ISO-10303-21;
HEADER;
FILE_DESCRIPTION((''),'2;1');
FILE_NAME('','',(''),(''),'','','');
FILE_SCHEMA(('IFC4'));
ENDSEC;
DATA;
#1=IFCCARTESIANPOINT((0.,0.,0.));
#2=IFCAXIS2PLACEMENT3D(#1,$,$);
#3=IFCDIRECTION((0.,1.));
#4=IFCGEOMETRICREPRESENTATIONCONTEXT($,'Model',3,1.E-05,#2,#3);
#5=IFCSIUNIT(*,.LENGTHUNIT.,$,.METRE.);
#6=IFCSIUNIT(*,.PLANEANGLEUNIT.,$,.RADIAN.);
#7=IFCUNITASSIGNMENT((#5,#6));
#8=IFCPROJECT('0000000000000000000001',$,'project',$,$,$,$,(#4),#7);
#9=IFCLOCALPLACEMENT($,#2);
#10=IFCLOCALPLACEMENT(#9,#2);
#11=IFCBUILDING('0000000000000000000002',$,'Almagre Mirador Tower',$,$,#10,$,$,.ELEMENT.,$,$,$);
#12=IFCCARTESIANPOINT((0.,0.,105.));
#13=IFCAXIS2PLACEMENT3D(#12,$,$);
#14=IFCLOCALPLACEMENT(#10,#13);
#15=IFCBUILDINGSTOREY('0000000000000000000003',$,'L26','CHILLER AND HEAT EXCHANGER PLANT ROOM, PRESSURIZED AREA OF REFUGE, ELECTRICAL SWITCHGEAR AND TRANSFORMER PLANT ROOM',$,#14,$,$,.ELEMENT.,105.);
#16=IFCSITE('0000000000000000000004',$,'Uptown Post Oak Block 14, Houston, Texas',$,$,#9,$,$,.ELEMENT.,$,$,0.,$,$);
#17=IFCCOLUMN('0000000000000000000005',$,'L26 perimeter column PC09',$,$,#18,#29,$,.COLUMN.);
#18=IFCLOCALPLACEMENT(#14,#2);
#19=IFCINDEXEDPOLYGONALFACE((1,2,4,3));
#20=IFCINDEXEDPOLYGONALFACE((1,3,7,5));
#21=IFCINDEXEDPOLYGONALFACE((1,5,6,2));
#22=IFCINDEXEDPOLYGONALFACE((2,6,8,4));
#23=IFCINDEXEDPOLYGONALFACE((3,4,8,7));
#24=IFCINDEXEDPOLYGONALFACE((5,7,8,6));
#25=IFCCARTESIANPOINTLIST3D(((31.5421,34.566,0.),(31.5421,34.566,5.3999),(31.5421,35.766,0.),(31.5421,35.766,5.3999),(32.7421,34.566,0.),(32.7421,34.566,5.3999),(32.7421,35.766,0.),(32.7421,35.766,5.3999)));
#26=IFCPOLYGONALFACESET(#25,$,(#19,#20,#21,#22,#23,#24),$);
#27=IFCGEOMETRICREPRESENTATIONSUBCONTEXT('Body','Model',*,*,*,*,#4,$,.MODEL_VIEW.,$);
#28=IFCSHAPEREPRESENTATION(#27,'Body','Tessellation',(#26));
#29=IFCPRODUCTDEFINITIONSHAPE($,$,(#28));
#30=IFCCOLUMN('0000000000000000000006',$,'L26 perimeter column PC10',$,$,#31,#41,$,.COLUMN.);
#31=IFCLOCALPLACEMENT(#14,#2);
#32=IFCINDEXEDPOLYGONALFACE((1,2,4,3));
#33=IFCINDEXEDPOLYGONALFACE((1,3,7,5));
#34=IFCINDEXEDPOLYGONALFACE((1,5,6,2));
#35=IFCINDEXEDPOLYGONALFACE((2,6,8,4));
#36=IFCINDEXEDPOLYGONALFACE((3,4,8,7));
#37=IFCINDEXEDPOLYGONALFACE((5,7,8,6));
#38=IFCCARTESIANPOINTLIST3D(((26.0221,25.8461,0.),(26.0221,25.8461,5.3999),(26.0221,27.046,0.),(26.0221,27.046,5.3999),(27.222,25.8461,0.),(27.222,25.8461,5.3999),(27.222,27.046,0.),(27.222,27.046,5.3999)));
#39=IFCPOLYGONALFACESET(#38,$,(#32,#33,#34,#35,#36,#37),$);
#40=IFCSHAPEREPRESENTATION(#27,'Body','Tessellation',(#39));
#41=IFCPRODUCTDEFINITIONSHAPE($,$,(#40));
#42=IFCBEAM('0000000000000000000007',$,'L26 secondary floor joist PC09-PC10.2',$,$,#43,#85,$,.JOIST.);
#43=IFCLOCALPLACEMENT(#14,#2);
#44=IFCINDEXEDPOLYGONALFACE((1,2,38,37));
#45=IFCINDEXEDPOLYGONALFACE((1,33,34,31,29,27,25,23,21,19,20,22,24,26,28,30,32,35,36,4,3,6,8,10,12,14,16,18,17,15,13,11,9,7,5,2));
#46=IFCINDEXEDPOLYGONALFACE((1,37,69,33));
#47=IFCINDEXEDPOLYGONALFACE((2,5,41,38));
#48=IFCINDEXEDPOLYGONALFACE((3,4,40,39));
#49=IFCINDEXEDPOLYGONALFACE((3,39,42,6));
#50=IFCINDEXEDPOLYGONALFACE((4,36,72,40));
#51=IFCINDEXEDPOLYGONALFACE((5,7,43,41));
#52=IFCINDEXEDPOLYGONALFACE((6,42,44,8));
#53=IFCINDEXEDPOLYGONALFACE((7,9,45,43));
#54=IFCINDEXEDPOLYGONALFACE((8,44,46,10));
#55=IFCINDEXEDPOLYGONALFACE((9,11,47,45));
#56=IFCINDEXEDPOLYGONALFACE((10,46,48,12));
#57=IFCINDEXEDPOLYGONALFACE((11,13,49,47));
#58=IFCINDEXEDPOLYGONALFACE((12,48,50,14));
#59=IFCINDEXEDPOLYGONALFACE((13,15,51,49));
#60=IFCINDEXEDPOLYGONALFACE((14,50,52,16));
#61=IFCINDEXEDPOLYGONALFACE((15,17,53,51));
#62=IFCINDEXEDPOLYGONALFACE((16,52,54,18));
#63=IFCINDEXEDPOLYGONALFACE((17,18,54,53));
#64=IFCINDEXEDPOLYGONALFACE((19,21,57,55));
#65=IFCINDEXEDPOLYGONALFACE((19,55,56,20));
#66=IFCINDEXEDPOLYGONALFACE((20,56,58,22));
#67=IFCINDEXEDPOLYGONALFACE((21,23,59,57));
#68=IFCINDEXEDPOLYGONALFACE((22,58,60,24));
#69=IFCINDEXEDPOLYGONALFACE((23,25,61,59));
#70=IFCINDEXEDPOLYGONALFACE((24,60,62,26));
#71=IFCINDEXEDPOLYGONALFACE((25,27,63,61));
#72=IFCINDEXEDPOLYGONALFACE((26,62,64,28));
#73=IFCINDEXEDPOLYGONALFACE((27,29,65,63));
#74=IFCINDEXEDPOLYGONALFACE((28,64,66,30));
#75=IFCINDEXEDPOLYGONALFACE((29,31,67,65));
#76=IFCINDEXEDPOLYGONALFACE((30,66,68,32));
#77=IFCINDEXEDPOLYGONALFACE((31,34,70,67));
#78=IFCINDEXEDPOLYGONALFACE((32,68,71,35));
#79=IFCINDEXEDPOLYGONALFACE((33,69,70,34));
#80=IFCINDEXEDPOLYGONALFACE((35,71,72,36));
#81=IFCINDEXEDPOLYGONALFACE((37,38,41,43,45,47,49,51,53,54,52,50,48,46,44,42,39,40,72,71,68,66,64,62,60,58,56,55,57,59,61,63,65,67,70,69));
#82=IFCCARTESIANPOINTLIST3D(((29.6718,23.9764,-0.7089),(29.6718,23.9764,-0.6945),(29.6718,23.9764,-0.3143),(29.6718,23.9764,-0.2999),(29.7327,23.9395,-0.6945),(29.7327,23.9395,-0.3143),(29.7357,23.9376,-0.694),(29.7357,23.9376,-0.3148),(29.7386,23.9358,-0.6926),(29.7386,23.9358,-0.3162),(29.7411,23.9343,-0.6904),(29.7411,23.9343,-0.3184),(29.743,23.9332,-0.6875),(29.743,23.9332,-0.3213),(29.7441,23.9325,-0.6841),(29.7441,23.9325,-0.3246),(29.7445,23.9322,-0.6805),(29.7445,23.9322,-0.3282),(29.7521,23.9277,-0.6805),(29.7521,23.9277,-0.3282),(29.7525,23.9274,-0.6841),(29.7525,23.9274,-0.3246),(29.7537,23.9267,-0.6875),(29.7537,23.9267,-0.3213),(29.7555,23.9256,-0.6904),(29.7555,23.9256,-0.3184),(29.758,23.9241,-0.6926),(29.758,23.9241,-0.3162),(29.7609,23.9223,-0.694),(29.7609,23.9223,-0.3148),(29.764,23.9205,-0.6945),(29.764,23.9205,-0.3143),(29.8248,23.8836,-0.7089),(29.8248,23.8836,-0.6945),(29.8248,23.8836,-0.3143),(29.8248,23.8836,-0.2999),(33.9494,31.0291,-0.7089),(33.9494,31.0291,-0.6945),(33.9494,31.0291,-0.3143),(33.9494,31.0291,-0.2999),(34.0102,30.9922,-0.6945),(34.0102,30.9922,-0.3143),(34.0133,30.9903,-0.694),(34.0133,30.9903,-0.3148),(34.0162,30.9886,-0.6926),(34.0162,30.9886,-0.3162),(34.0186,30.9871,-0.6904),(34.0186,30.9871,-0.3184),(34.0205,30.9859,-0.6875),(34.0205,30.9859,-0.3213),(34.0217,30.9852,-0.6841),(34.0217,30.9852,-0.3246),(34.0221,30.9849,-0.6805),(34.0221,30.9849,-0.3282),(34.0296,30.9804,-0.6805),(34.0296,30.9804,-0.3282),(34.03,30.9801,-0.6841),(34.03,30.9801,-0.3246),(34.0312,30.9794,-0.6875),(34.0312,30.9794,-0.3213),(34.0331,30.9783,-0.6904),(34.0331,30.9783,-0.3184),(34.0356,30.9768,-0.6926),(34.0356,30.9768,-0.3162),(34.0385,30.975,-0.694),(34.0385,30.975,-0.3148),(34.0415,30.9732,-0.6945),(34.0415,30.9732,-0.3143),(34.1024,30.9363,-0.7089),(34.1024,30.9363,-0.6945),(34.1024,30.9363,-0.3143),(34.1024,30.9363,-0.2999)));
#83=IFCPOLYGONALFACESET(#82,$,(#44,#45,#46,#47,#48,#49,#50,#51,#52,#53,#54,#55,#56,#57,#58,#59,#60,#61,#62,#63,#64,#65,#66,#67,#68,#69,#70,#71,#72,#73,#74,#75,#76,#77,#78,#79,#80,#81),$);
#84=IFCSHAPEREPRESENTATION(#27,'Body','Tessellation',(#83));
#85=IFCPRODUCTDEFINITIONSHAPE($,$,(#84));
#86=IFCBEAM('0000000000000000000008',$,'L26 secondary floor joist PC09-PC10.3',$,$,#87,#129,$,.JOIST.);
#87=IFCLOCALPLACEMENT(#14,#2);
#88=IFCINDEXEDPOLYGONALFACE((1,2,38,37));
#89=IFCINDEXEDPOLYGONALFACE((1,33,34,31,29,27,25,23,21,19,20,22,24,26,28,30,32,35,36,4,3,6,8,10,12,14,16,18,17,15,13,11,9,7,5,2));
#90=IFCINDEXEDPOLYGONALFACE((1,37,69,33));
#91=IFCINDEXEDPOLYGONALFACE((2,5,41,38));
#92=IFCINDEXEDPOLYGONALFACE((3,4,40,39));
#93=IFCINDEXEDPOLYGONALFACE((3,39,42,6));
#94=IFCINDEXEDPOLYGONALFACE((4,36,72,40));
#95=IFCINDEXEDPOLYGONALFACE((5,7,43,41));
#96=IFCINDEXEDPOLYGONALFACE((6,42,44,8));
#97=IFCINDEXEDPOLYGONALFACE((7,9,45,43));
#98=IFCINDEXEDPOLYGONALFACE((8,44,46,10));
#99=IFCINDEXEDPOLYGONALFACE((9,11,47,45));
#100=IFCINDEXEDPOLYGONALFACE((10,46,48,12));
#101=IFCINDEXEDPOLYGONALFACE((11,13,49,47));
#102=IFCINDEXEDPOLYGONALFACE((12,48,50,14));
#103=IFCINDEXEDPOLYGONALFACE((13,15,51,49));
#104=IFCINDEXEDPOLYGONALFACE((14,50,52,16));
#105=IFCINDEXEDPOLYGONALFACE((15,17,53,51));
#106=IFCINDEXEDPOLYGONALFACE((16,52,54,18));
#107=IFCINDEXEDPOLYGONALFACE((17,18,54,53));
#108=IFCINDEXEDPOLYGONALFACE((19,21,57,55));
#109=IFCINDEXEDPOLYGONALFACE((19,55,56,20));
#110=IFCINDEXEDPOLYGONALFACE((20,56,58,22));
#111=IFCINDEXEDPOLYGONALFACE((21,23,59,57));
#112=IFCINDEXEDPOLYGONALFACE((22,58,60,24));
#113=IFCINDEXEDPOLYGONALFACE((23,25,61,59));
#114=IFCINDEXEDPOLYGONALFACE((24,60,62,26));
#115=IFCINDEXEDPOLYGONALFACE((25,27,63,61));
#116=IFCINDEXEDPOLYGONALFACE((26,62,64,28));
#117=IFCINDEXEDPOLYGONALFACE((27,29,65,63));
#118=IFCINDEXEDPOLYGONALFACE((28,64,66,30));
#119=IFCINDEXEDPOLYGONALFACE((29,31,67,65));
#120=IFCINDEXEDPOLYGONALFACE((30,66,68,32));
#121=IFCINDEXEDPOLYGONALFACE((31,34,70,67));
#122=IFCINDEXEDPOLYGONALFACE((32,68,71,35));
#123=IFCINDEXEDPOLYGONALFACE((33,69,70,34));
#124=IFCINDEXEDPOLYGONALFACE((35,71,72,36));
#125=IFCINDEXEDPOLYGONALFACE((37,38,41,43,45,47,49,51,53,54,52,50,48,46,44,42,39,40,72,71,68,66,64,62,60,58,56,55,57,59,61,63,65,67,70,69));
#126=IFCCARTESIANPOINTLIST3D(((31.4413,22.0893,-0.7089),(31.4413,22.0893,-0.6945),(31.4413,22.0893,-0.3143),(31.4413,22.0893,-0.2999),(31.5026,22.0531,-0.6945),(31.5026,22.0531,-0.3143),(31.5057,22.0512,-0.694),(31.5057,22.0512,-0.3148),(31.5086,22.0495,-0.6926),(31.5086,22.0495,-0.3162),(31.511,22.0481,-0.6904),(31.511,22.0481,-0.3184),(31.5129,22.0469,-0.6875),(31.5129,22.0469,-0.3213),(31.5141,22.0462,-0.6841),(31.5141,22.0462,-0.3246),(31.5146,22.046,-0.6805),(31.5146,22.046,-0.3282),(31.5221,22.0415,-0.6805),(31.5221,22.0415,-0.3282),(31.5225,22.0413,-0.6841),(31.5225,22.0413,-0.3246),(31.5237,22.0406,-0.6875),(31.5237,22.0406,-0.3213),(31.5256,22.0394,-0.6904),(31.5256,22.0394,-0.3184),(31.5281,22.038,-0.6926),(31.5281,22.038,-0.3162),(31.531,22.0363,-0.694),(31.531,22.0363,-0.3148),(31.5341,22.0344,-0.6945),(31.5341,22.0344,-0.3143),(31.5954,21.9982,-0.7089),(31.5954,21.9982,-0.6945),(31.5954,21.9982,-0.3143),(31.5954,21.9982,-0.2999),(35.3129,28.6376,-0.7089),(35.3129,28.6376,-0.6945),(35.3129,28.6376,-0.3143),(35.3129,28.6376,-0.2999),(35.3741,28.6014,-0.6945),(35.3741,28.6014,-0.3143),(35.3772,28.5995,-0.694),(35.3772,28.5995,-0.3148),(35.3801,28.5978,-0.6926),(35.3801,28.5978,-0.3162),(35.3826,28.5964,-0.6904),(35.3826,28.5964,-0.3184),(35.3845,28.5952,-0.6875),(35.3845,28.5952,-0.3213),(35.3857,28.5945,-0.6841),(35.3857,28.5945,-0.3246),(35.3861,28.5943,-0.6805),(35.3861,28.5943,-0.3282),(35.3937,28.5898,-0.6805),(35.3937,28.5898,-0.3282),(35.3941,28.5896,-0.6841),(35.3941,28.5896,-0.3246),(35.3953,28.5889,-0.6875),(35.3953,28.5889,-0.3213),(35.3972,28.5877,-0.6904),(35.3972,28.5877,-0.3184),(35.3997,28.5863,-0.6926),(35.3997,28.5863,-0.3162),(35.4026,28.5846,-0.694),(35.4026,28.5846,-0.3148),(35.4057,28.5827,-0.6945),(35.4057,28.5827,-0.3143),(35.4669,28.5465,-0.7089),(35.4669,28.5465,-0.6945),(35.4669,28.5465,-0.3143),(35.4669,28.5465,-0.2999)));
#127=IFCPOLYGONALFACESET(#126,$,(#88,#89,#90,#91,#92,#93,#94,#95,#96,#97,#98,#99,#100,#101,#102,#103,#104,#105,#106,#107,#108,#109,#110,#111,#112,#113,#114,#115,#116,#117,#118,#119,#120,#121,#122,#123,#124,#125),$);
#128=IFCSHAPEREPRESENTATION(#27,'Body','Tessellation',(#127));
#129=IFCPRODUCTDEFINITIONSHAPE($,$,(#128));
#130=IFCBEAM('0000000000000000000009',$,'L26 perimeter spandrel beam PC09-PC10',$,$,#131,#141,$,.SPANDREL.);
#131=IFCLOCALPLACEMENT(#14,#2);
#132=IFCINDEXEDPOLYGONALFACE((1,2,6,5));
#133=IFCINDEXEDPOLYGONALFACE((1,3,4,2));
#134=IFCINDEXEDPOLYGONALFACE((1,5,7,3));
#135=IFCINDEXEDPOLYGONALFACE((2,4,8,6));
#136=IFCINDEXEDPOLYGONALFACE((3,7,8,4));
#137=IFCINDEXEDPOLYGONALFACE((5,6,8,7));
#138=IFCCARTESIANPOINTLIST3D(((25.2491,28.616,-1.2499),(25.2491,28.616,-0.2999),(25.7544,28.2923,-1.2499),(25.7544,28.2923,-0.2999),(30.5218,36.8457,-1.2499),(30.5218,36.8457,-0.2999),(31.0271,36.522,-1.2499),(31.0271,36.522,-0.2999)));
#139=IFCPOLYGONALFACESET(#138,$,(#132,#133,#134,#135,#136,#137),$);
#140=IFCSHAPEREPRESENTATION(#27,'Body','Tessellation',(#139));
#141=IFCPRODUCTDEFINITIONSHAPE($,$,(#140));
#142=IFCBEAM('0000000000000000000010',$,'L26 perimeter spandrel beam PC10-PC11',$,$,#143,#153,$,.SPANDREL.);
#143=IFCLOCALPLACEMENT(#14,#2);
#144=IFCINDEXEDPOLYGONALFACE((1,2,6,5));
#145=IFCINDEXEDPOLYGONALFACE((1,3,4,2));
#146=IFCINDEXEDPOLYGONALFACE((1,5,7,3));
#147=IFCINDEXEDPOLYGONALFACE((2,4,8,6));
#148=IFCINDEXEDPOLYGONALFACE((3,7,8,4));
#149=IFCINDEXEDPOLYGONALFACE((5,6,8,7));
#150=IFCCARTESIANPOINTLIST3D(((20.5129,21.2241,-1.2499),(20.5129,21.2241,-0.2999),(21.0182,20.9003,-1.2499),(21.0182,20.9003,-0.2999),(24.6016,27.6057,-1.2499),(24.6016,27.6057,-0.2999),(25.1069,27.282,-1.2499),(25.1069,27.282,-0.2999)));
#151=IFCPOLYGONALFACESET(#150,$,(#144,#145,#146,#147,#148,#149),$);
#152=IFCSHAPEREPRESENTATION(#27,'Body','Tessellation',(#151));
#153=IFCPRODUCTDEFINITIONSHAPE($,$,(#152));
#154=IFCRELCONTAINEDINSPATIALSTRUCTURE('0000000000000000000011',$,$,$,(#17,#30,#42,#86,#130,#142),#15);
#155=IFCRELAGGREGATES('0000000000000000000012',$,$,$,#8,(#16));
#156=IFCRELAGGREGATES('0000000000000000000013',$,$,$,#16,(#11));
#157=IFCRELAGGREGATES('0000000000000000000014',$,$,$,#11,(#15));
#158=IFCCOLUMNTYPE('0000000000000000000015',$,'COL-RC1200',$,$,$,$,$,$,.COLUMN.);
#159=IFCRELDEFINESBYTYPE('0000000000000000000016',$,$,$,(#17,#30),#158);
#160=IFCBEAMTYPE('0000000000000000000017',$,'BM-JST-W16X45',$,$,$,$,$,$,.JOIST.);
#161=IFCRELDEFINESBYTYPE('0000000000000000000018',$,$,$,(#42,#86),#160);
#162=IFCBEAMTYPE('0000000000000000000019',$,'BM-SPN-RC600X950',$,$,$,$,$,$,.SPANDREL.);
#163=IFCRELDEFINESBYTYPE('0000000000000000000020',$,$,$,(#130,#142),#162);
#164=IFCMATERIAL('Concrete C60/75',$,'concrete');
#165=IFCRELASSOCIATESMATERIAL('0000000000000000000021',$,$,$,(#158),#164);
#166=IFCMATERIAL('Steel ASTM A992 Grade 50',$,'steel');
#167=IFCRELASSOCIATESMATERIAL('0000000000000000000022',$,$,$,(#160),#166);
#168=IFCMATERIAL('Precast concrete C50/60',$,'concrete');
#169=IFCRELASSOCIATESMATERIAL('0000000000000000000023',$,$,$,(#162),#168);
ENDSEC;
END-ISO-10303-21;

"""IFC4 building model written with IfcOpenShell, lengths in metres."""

from ifc_helpers import new_model, si_unit, direction, frame, origin, origin_2d, place, context, subcontext, project, spatial, rectangle, i_section, extrude, material, material_profile, profile_set, type_object, element, save


model = new_model("IFC4")

# Units and contexts
model_context = context("Model", 3, precision=1e-05, world=origin(), true_north=direction((0.0, 1.0)))
body_context = subcontext(model_context, "Body", "Model", "MODEL_VIEW")
ifc_project = project(units=[si_unit("LENGTHUNIT", "METRE"), si_unit("PLANEANGLEUNIT", "RADIAN")], contexts=[model_context])

# Site, building, storey
site_placement = place(None, origin())
site = spatial("IfcSite", under=ifc_project, at=site_placement, Name="Uptown Post Oak Block 14, Houston, Texas", CompositionType="ELEMENT", RefElevation=0.0)
building_placement = place(site_placement, origin())
building = spatial("IfcBuilding", under=site, at=building_placement, Name="Almagre Mirador Tower", CompositionType="ELEMENT")
storey_placement = place(building_placement, frame((0.0, 0.0, 105.0)))
storey = spatial("IfcBuildingStorey", under=building, at=storey_placement, Name="L26", Description="CHILLER AND HEAT EXCHANGER PLANT ROOM, PRESSURIZED AREA OF REFUGE, ELECTRICAL SWITCHGEAR AND TRANSFORMER PLANT ROOM", CompositionType="ELEMENT", Elevation=105.0)

# Columns
ifc_material_1 = material(Name="Concrete C60/75", Category="concrete")
ifc_material_profile_1 = material_profile(ifc_material_1, rectangle(XDim=1.2, YDim=1.2, at=origin_2d()), Name="RC1200X1200")
ifc_profile_set_1 = profile_set([ifc_material_profile_1], Name="Concrete C60/75")
column_type = type_object("IfcColumnType", Name="COL-RC1200", PredefinedType="COLUMN", material=ifc_profile_set_1)
for number, where, z_axis, x_axis, name in (
    (1, (32.1421, 35.166, 0.0), (0.0, 0.0, 1.0), (1.0, 0.0, 0.0), "L26 perimeter column PC09"),
    (2, (26.6221, 26.446, 0.0), (0.0, 0.0, 1.0), (1.0, 0.0, 0.0), "L26 perimeter column PC10"),
):
    element("IfcColumn", number, at=place(storey_placement, frame(where, z_axis=z_axis, x_axis=x_axis)), inside=storey, type_object=column_type, Name=name, PredefinedType="COLUMN", context=body_context, shape_type="SweptSolid", body=[
        extrude(rectangle(XDim=1.2, YDim=1.2, at=origin_2d()), origin(), (0.0, 0.0, 1.0), 5.3999),
    ])

# Beams
ifc_material_2 = material(Name="Steel ASTM A992 Grade 50", Category="steel")
ifc_material_profile_2 = material_profile(ifc_material_2, i_section(OverallWidth=0.179, OverallDepth=0.4089, WebThickness=0.0088, FlangeThickness=0.0144, FilletRadius=0.0139, at=origin_2d()), Name="W16X45")
ifc_profile_set_2 = profile_set([ifc_material_profile_2], Name="Steel ASTM A992 Grade 50")
beam_type_1 = type_object("IfcBeamType", Name="BM-JST-W16X45", PredefinedType="JOIST", material=ifc_profile_set_2)
beam_1_placement = place(storey_placement, frame((34.0259, 30.9827, -0.5044), z_axis=(-0.518586, -0.855026, 0.0), x_axis=(0.855026, -0.518586, 0.0)))
element("IfcBeam", 3, at=beam_1_placement, inside=storey, type_object=beam_type_1, Name="L26 secondary floor joist PC09-PC10.2", PredefinedType="JOIST", context=body_context, shape_type="SweptSolid", body=[
    extrude(i_section(OverallWidth=0.179, OverallDepth=0.4089, WebThickness=0.0088, FlangeThickness=0.0144, FilletRadius=0.0139, at=origin_2d()), origin(), (0.0, 0.0, 1.0), 8.2485),
])
beam_2_placement = place(storey_placement, frame((35.3899, 28.592, -0.5044), z_axis=(-0.508935, -0.860805, 0.0), x_axis=(0.860805, -0.508935, 0.0)))
element("IfcBeam", 4, at=beam_2_placement, inside=storey, type_object=beam_type_1, Name="L26 secondary floor joist PC09-PC10.3", PredefinedType="JOIST", context=body_context, shape_type="SweptSolid", body=[
    extrude(i_section(OverallWidth=0.179, OverallDepth=0.4089, WebThickness=0.0088, FlangeThickness=0.0144, FilletRadius=0.0139, at=origin_2d()), origin(), (0.0, 0.0, 1.0), 7.6072),
])
ifc_material_3 = material(Name="Precast concrete C50/60", Category="concrete")
ifc_material_profile_3 = material_profile(ifc_material_3, rectangle(XDim=0.6001, YDim=0.95, at=origin_2d()), Name="RC600X950")
ifc_profile_set_3 = profile_set([ifc_material_profile_3], Name="Precast concrete C50/60")
beam_type_2 = type_object("IfcBeamType", Name="BM-SPN-RC600X950", PredefinedType="SPANDREL", material=ifc_profile_set_3)
beam_3_placement = place(storey_placement, frame((30.7744, 36.6838, -0.7749), z_axis=(-0.539465, -0.842008, 0.0), x_axis=(0.842008, -0.539465, 0.0)))
element("IfcBeam", 5, at=beam_3_placement, inside=storey, type_object=beam_type_2, Name="L26 perimeter spandrel beam PC09-PC10", PredefinedType="SPANDREL", context=body_context, shape_type="SweptSolid", body=[
    extrude(rectangle(XDim=0.6001, YDim=0.95, at=origin_2d()), origin(), (0.0, 0.0, 1.0), 9.7739),
])
beam_4_placement = place(storey_placement, frame((24.8542, 27.4438, -0.7749), z_axis=(-0.539466, -0.842007, 0.0), x_axis=(0.842007, -0.539466, 0.0)))
element("IfcBeam", 6, at=beam_4_placement, inside=storey, type_object=beam_type_2, Name="L26 perimeter spandrel beam PC10-PC11", PredefinedType="SPANDREL", context=body_context, shape_type="SweptSolid", body=[
    extrude(rectangle(XDim=0.6001, YDim=0.95, at=origin_2d()), origin(), (0.0, 0.0, 1.0), 7.5791),
])

save(model, "model.ifc")
